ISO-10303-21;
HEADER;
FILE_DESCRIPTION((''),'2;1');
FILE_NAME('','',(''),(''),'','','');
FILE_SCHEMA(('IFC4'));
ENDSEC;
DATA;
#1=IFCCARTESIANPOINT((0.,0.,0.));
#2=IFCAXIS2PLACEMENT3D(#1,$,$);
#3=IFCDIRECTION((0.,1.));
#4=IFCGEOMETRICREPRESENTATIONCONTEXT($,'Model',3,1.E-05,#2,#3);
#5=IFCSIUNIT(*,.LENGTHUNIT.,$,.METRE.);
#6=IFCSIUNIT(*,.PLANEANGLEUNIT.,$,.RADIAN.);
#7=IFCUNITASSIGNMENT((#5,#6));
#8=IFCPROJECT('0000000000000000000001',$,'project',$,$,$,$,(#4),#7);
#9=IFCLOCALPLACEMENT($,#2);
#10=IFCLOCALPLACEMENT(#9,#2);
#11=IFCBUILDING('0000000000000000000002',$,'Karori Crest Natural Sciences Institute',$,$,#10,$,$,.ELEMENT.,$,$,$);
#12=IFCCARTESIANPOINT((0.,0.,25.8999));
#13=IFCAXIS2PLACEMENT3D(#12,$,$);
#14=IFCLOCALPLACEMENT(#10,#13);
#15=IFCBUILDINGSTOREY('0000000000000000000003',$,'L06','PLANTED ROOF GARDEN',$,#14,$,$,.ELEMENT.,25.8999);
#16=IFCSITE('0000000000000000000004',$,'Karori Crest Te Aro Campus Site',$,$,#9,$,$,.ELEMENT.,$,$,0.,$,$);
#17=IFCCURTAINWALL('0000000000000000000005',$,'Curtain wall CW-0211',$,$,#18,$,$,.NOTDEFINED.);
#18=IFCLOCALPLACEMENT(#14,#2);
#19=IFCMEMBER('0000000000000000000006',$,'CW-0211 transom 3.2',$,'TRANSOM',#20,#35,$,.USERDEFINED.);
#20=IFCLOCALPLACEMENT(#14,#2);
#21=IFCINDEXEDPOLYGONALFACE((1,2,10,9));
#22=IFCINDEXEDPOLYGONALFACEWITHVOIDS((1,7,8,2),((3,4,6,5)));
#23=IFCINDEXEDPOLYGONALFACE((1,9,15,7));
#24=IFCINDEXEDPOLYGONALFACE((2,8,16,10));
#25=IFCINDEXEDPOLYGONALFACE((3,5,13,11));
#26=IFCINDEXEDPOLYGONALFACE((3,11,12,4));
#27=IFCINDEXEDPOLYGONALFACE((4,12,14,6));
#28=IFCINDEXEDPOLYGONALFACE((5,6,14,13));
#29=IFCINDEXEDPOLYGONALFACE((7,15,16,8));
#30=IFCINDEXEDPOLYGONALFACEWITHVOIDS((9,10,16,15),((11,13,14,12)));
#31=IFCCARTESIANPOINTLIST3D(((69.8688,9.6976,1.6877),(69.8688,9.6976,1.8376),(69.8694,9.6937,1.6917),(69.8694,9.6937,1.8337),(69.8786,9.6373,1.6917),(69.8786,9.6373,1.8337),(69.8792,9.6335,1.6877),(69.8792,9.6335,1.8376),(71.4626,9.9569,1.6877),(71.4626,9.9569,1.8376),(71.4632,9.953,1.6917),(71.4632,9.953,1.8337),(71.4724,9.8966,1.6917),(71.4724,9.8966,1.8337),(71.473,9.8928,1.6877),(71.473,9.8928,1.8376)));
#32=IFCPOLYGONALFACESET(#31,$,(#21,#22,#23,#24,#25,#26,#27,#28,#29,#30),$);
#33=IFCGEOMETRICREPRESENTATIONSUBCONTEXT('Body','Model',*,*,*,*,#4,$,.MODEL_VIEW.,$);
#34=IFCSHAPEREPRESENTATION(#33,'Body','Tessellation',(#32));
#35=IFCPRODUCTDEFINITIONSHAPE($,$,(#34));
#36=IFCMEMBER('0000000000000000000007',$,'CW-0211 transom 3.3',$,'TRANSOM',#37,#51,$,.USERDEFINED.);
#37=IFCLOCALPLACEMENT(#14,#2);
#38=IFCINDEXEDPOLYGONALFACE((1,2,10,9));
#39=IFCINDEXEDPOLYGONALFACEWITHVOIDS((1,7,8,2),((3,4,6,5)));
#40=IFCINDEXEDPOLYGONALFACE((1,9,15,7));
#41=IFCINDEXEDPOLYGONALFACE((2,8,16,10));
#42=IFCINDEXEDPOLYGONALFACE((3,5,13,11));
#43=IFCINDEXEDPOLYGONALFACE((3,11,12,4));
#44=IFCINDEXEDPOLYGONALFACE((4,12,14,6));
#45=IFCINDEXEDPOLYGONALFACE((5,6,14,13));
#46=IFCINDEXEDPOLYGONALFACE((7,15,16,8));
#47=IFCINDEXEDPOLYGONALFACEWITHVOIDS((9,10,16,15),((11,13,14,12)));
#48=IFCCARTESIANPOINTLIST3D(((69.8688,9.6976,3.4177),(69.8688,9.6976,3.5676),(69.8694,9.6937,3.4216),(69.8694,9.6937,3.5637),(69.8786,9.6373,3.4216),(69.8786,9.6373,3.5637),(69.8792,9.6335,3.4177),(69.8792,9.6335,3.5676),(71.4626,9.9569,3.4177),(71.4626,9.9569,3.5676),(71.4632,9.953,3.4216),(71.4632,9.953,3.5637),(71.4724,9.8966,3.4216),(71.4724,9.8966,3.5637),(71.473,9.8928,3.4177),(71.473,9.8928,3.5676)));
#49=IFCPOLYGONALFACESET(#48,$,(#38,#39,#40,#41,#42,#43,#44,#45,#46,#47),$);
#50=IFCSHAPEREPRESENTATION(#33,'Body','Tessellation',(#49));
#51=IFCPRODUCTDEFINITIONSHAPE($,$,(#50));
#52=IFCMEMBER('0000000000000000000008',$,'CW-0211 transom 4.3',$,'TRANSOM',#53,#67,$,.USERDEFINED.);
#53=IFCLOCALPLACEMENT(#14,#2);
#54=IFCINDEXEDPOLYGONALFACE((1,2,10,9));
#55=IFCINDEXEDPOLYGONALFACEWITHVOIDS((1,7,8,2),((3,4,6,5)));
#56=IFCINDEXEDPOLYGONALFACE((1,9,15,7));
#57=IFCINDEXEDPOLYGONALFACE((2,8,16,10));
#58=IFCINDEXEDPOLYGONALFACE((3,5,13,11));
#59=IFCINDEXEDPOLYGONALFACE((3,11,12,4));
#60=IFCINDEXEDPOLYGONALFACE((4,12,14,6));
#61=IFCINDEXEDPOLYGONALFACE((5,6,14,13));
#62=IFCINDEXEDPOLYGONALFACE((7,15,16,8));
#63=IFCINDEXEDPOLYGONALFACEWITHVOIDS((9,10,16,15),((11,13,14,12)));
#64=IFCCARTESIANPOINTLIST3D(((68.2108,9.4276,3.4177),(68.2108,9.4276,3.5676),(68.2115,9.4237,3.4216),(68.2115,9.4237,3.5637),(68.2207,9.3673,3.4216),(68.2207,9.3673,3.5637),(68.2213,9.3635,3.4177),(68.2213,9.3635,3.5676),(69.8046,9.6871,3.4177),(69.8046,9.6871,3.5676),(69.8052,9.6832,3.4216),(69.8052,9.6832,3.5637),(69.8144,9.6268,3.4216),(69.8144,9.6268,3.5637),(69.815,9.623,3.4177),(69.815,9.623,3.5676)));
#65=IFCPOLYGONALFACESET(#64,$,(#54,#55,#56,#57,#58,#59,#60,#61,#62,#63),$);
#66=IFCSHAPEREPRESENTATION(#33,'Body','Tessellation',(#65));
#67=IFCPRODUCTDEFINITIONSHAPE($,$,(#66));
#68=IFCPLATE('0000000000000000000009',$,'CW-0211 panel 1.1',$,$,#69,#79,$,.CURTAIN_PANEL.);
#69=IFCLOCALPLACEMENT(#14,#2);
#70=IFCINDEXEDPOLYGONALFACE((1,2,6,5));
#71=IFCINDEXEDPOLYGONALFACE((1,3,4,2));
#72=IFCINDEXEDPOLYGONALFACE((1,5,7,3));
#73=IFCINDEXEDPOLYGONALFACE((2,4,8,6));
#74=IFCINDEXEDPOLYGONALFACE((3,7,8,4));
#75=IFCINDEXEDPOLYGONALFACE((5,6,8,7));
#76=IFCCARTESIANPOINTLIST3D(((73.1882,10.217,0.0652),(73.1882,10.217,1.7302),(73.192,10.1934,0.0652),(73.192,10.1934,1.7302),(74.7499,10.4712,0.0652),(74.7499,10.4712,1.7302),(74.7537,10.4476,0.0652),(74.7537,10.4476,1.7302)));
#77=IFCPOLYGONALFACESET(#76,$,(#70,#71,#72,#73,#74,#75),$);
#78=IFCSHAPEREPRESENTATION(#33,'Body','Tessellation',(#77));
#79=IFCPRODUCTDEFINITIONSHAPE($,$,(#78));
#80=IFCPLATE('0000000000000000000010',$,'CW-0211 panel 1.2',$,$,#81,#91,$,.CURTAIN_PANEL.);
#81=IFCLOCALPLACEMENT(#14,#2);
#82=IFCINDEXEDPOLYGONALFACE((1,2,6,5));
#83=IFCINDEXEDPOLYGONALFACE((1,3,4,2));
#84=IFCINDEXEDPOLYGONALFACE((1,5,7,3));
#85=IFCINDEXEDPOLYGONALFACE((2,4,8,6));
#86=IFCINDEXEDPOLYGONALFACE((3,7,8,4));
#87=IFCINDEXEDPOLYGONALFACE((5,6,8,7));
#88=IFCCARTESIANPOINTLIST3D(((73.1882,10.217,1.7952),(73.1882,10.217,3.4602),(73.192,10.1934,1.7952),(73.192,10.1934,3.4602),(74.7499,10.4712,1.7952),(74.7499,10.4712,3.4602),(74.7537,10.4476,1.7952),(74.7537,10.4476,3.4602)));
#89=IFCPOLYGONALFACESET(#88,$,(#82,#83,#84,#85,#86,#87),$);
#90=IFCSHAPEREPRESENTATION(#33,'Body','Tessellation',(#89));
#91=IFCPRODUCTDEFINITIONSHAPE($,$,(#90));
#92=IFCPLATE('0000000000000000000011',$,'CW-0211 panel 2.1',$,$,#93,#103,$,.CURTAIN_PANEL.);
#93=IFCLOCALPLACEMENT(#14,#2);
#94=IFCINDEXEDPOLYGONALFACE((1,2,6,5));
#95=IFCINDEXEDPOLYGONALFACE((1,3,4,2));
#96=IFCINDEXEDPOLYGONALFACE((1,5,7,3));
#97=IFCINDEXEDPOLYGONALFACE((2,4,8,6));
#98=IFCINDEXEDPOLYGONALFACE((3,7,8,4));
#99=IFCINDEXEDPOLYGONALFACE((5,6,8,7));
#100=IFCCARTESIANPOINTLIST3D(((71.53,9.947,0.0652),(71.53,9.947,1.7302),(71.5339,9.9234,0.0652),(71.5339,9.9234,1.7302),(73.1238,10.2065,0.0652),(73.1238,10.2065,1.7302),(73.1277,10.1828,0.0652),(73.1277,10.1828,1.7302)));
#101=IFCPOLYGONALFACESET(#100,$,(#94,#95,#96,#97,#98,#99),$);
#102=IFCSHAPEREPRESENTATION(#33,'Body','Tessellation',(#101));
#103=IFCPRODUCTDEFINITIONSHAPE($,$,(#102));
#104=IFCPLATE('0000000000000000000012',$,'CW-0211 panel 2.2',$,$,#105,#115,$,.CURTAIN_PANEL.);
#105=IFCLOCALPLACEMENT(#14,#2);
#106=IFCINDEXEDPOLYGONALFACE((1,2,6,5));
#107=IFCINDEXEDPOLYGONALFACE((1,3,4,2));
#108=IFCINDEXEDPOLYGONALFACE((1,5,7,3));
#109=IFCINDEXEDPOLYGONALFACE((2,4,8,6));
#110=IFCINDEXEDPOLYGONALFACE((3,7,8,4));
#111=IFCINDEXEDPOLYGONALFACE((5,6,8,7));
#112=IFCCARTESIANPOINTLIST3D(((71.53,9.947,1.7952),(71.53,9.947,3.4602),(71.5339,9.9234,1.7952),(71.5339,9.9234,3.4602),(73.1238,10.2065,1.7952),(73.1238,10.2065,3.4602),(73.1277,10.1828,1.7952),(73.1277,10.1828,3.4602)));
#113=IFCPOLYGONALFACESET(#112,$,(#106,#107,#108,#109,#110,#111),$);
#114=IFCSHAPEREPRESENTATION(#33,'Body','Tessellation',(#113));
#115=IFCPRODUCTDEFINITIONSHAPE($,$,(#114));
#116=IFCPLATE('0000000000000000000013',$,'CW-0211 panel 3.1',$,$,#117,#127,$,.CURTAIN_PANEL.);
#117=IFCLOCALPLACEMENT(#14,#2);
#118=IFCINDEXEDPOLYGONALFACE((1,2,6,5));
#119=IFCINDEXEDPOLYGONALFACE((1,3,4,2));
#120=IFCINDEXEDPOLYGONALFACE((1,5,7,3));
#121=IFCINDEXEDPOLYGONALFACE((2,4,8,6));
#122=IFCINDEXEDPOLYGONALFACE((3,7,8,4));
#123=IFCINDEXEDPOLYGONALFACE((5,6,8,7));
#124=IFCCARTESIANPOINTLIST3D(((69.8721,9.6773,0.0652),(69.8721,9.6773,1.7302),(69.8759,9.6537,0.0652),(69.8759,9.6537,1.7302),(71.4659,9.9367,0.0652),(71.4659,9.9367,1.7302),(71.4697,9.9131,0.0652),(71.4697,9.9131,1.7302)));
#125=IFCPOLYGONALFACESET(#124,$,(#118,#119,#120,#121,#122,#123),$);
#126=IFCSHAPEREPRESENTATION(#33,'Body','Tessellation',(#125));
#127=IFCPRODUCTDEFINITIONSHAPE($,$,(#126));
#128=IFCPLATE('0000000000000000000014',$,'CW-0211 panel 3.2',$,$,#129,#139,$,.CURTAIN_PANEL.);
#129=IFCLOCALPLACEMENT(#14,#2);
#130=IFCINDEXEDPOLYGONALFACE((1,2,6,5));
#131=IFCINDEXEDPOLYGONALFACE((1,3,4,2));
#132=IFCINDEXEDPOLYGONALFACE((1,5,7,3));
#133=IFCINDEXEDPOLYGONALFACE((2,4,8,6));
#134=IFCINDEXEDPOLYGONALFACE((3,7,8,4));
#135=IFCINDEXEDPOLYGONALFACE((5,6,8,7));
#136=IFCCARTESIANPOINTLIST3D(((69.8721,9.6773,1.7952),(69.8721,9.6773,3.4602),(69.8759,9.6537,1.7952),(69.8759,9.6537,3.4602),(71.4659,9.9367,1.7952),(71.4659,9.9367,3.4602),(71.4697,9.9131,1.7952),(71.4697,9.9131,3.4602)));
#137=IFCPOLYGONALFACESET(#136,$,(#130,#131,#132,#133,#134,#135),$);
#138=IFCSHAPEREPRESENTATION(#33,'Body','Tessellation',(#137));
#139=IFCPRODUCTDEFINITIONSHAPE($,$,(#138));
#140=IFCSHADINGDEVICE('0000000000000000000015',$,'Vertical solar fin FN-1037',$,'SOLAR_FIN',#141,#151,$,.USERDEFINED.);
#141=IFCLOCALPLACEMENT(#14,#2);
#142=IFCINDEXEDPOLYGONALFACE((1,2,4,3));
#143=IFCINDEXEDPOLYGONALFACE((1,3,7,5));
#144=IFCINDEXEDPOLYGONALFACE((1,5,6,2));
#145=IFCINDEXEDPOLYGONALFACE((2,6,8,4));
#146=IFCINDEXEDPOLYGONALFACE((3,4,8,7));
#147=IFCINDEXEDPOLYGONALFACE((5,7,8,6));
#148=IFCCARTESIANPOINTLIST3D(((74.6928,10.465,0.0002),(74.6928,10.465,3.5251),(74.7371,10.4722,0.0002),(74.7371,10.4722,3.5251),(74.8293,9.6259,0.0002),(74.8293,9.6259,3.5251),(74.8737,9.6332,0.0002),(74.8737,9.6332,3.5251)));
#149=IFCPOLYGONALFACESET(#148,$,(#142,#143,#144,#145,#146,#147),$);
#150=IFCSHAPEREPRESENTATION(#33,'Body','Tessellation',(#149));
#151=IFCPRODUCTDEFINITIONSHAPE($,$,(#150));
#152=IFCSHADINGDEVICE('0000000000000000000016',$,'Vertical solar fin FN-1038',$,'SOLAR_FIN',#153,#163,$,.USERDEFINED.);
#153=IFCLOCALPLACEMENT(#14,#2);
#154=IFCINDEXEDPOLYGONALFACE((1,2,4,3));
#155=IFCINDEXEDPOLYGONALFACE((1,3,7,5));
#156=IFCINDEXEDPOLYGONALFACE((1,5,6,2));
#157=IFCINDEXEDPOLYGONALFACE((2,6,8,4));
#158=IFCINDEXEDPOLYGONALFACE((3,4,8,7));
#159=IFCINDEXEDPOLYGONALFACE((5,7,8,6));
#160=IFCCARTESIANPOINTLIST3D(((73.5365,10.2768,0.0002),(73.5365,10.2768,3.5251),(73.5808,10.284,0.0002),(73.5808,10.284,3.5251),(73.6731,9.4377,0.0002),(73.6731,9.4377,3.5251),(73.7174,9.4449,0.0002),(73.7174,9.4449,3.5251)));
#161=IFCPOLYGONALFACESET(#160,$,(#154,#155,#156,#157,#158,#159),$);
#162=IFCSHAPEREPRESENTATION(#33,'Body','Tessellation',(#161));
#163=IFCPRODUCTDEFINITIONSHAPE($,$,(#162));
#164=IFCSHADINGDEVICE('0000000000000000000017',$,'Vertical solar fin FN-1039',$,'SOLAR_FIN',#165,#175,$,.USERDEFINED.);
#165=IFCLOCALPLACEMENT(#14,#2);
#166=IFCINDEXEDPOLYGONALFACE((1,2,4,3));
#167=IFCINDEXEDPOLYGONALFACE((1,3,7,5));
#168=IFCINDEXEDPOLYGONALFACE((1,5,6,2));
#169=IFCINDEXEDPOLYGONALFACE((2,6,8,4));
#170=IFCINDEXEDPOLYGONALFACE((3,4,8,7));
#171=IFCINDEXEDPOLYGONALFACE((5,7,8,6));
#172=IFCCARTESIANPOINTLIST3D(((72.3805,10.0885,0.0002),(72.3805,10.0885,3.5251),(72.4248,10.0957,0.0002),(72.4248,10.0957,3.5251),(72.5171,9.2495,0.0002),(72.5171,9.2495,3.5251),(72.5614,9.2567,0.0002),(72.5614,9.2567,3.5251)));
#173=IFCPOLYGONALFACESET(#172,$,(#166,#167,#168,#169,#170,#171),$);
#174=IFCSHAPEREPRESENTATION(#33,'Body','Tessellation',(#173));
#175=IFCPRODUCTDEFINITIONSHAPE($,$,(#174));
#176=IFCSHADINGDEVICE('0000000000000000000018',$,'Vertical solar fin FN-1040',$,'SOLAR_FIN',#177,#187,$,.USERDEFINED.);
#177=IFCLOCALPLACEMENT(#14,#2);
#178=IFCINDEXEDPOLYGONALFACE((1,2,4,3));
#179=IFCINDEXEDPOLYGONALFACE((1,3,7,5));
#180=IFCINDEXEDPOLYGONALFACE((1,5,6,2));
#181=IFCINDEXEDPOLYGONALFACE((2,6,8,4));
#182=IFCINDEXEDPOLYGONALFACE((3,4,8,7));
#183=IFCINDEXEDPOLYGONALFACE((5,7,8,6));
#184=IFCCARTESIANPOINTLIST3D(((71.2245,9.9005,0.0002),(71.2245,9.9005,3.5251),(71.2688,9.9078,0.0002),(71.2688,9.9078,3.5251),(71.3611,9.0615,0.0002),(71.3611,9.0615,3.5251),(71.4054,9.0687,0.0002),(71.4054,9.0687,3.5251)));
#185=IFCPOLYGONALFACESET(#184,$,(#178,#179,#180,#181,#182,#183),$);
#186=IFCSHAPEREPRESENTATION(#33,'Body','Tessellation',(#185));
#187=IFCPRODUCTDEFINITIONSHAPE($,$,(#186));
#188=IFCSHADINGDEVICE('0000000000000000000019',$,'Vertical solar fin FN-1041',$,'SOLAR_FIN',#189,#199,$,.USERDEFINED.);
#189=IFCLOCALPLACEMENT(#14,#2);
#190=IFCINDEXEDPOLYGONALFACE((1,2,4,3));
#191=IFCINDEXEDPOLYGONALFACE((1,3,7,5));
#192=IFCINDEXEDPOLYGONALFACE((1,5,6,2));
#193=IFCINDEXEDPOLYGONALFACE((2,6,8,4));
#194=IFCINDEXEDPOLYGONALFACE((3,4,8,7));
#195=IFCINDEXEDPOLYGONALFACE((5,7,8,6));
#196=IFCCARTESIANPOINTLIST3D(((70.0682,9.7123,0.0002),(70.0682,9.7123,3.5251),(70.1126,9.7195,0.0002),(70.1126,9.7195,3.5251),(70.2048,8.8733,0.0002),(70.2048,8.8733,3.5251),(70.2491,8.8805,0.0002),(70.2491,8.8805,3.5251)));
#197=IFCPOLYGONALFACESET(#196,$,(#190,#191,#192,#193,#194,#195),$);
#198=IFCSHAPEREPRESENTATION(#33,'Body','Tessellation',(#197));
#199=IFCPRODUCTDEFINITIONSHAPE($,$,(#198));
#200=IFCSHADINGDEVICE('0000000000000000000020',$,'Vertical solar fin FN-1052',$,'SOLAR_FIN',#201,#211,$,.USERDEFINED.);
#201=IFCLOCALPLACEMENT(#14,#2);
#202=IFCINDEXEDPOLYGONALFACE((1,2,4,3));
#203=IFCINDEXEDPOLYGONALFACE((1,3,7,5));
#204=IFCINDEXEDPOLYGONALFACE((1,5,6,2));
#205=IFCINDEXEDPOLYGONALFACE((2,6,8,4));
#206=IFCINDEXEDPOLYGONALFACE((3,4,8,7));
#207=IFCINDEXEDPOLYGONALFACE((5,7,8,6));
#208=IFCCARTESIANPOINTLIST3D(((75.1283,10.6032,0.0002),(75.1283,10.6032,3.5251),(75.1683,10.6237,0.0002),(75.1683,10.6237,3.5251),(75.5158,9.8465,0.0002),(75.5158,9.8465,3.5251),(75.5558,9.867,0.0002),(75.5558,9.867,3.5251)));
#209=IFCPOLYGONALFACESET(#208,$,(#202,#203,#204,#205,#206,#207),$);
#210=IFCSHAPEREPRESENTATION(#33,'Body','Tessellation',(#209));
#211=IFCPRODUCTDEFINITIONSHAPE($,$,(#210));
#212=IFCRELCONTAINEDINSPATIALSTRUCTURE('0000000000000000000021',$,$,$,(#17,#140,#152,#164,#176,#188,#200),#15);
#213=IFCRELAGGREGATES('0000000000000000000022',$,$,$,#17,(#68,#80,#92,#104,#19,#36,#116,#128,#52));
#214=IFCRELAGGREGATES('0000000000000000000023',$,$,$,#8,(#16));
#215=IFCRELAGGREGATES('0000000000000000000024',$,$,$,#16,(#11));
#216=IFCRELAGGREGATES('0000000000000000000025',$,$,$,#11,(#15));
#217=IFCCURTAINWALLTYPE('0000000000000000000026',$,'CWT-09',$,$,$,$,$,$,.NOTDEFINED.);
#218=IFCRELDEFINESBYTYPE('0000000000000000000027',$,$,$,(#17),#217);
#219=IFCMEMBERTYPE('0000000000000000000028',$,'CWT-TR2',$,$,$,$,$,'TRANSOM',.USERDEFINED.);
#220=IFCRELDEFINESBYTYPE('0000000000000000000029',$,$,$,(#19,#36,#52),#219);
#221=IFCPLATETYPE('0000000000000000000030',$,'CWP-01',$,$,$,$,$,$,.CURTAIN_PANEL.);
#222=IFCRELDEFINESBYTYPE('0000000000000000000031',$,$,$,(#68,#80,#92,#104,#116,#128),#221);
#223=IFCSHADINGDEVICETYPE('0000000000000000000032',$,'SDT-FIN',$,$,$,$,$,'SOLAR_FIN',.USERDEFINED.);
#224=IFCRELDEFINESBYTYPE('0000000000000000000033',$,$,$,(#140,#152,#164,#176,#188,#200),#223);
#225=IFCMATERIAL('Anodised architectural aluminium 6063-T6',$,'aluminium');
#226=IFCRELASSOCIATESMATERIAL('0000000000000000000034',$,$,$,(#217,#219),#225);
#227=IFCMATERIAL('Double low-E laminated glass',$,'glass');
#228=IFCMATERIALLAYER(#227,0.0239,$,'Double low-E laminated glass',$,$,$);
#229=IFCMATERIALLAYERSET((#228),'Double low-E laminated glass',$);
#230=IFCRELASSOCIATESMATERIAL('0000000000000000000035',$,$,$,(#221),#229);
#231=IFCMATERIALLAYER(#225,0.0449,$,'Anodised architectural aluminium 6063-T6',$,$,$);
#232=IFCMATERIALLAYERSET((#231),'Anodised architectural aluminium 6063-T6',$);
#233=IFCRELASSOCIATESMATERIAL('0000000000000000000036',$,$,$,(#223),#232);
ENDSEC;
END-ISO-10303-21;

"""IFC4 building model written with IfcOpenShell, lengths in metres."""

from ifc_helpers import new_model, si_unit, direction, frame, origin, origin_2d, place, context, subcontext, project, spatial, rectangle, hollow_rectangle, extrude, material, layer, layer_set, material_profile, profile_set, type_object, element, aggregate, save


model = new_model("IFC4")

# Units and contexts
model_context = context("Model", 3, precision=1e-05, world=origin(), true_north=direction((0.0, 1.0)))
body_context = subcontext(model_context, "Body", "Model", "MODEL_VIEW")
ifc_project = project(units=[si_unit("LENGTHUNIT", "METRE"), si_unit("PLANEANGLEUNIT", "RADIAN")], contexts=[model_context])

# Site, building, storey
site_placement = place(None, origin())
site = spatial("IfcSite", under=ifc_project, at=site_placement, Name="Karori Crest Te Aro Campus Site", CompositionType="ELEMENT", RefElevation=0.0)
building_placement = place(site_placement, origin())
building = spatial("IfcBuilding", under=site, at=building_placement, Name="Karori Crest Natural Sciences Institute", CompositionType="ELEMENT")
storey_placement = place(building_placement, frame((0.0, 0.0, 25.8999)))
storey = spatial("IfcBuildingStorey", under=building, at=storey_placement, Name="L06", Description="PLANTED ROOF GARDEN", CompositionType="ELEMENT", Elevation=25.8999)

# Curtain wall, members, plates
ifc_material_1 = material(Name="Anodised architectural aluminium 6063-T6", Category="aluminium")
curtain_wall_type = type_object("IfcCurtainWallType", Name="CWT-09", PredefinedType="NOTDEFINED", material=ifc_material_1)
curtain_wall_placement = place(storey_placement, origin())
curtain_wall = element("IfcCurtainWall", 1, at=curtain_wall_placement, inside=storey, type_object=curtain_wall_type, Name="Curtain wall CW-0211", PredefinedType="NOTDEFINED")
ifc_material_profile_1 = material_profile(ifc_material_1, hollow_rectangle(XDim=0.0649, YDim=0.1499, WallThickness=0.0039, at=origin_2d()), Name="CWT150x65x4")
ifc_profile_set_1 = profile_set([ifc_material_profile_1], Name="Anodised architectural aluminium 6063-T6")
member_type_1 = type_object("IfcMemberType", Name="CWT-TR2", ElementType="TRANSOM", PredefinedType="USERDEFINED", material=ifc_profile_set_1)
member_1_placement = place(storey_placement, frame((71.4678, 9.9248, 1.7627), z_axis=(-0.987024, -0.160573, 0.0), x_axis=(0.160573, -0.987024, 0.0)))
member_1 = element("IfcMember", 2, at=member_1_placement, type_object=member_type_1, Name="CW-0211 transom 3.2", ObjectType="TRANSOM", PredefinedType="USERDEFINED", context=body_context, shape_type="SweptSolid", body=[
    extrude(hollow_rectangle(XDim=0.0649, YDim=0.1499, WallThickness=0.0039, at=origin_2d()), origin(), (0.0, 0.0, 1.0), 1.6147),
])
member_2_placement = place(storey_placement, frame((71.4678, 9.9248, 3.4927), z_axis=(-0.987024, -0.160573, 0.0), x_axis=(0.160573, -0.987024, 0.0)))
member_2 = element("IfcMember", 3, at=member_2_placement, type_object=member_type_1, Name="CW-0211 transom 3.3", ObjectType="TRANSOM", PredefinedType="USERDEFINED", context=body_context, shape_type="SweptSolid", body=[
    extrude(hollow_rectangle(XDim=0.0649, YDim=0.1499, WallThickness=0.0039, at=origin_2d()), origin(), (0.0, 0.0, 1.0), 1.6147),
])
member_3_placement = place(storey_placement, frame((69.8098, 9.655, 3.4927), z_axis=(-0.987, -0.16072, 0.0), x_axis=(0.16072, -0.987, 0.0)))
member_3 = element("IfcMember", 4, at=member_3_placement, type_object=member_type_1, Name="CW-0211 transom 4.3", ObjectType="TRANSOM", PredefinedType="USERDEFINED", context=body_context, shape_type="SweptSolid", body=[
    extrude(hollow_rectangle(XDim=0.0649, YDim=0.1499, WallThickness=0.0039, at=origin_2d()), origin(), (0.0, 0.0, 1.0), 1.6147),
])
ifc_material_2 = material(Name="Double low-E laminated glass", Category="glass")
ifc_layer_1 = layer(ifc_material_2, 0.0239, Name="Double low-E laminated glass")
ifc_layer_set_1 = layer_set([ifc_layer_1], Name="Double low-E laminated glass")
plate_type = type_object("IfcPlateType", Name="CWP-01", PredefinedType="CURTAIN_PANEL", material=ifc_layer_set_1)
plate_1_placement = place(storey_placement, frame((73.9709, 10.3323, 0.0652), z_axis=(0.0, 0.0, 1.0), x_axis=(-0.987011, -0.16065, 0.0)))
plate_1 = element("IfcPlate", 5, at=plate_1_placement, type_object=plate_type, Name="CW-0211 panel 1.1", PredefinedType="CURTAIN_PANEL", context=body_context, shape_type="SweptSolid", body=[
    extrude(rectangle(XDim=1.5823, YDim=0.0239, at=origin_2d()), origin(), (0.0, 0.0, 1.0), 1.665),
])
plate_2_placement = place(storey_placement, frame((73.9709, 10.3323, 1.7952), z_axis=(0.0, 0.0, 1.0), x_axis=(-0.987011, -0.16065, 0.0)))
plate_2 = element("IfcPlate", 6, at=plate_2_placement, type_object=plate_type, Name="CW-0211 panel 1.2", PredefinedType="CURTAIN_PANEL", context=body_context, shape_type="SweptSolid", body=[
    extrude(rectangle(XDim=1.5823, YDim=0.0239, at=origin_2d()), origin(), (0.0, 0.0, 1.0), 1.665),
])
plate_3_placement = place(storey_placement, frame((72.3289, 10.0649, 0.0652), z_axis=(0.0, 0.0, 1.0), x_axis=(-0.987011, -0.16065, 0.0)))
plate_3 = element("IfcPlate", 7, at=plate_3_placement, type_object=plate_type, Name="CW-0211 panel 2.1", PredefinedType="CURTAIN_PANEL", context=body_context, shape_type="SweptSolid", body=[
    extrude(rectangle(XDim=1.6147, YDim=0.0239, at=origin_2d()), origin(), (0.0, 0.0, 1.0), 1.665),
])
plate_4_placement = place(storey_placement, frame((72.3289, 10.0649, 1.7952), z_axis=(0.0, 0.0, 1.0), x_axis=(-0.987011, -0.16065, 0.0)))
plate_4 = element("IfcPlate", 8, at=plate_4_placement, type_object=plate_type, Name="CW-0211 panel 2.2", PredefinedType="CURTAIN_PANEL", context=body_context, shape_type="SweptSolid", body=[
    extrude(rectangle(XDim=1.6147, YDim=0.0239, at=origin_2d()), origin(), (0.0, 0.0, 1.0), 1.665),
])
plate_5_placement = place(storey_placement, frame((70.6709, 9.7952, 0.0652), z_axis=(0.0, 0.0, 1.0), x_axis=(-0.987011, -0.16065, 0.0)))
plate_5 = element("IfcPlate", 9, at=plate_5_placement, type_object=plate_type, Name="CW-0211 panel 3.1", PredefinedType="CURTAIN_PANEL", context=body_context, shape_type="SweptSolid", body=[
    extrude(rectangle(XDim=1.6147, YDim=0.0239, at=origin_2d()), origin(), (0.0, 0.0, 1.0), 1.665),
])
plate_6_placement = place(storey_placement, frame((70.6709, 9.7952, 1.7952), z_axis=(0.0, 0.0, 1.0), x_axis=(-0.987011, -0.16065, 0.0)))
plate_6 = element("IfcPlate", 10, at=plate_6_placement, type_object=plate_type, Name="CW-0211 panel 3.2", PredefinedType="CURTAIN_PANEL", context=body_context, shape_type="SweptSolid", body=[
    extrude(rectangle(XDim=1.6147, YDim=0.0239, at=origin_2d()), origin(), (0.0, 0.0, 1.0), 1.665),
])
aggregate(curtain_wall, [plate_1, plate_2, plate_3, plate_4, member_1, member_2, plate_5, plate_6, member_3])

# Shading devices
ifc_layer_2 = layer(ifc_material_1, 0.0449, Name="Anodised architectural aluminium 6063-T6")
ifc_layer_set_2 = layer_set([ifc_layer_2], Name="Anodised architectural aluminium 6063-T6")
shading_device_type = type_object("IfcShadingDeviceType", Name="SDT-FIN", ElementType="SOLAR_FIN", PredefinedType="USERDEFINED", material=ifc_layer_set_2)
for number, where, z_axis, x_axis, name in (
    (11, (74.7832, 10.0491, 0.0002), (0.0, 0.0, 1.0), (0.16065, -0.987012, 0.0), "Vertical solar fin FN-1037"),
    (12, (73.627, 9.8608, 0.0002), (0.0, 0.0, 1.0), (0.16065, -0.987012, 0.0), "Vertical solar fin FN-1038"),
    (13, (72.4709, 9.6726, 0.0002), (0.0, 0.0, 1.0), (0.16065, -0.987012, 0.0), "Vertical solar fin FN-1039"),
    (14, (71.3149, 9.4846, 0.0002), (0.0, 0.0, 1.0), (0.16065, -0.987012, 0.0), "Vertical solar fin FN-1040"),
    (15, (70.1587, 9.2964, 0.0002), (0.0, 0.0, 1.0), (0.16065, -0.987012, 0.0), "Vertical solar fin FN-1041"),
    (16, (75.342, 10.2351, 0.0002), (0.0, 0.0, 1.0), (0.455829, -0.890067, 0.0), "Vertical solar fin FN-1052"),
):
    element("IfcShadingDevice", number, at=place(storey_placement, frame(where, z_axis=z_axis, x_axis=x_axis)), inside=storey, type_object=shading_device_type, Name=name, ObjectType="SOLAR_FIN", PredefinedType="USERDEFINED", context=body_context, shape_type="SweptSolid", body=[
        extrude(rectangle(XDim=0.8501, YDim=0.0449, at=origin_2d()), origin(), (0.0, 0.0, 1.0), 3.5249),
    ])

save(model, "model.ifc")
